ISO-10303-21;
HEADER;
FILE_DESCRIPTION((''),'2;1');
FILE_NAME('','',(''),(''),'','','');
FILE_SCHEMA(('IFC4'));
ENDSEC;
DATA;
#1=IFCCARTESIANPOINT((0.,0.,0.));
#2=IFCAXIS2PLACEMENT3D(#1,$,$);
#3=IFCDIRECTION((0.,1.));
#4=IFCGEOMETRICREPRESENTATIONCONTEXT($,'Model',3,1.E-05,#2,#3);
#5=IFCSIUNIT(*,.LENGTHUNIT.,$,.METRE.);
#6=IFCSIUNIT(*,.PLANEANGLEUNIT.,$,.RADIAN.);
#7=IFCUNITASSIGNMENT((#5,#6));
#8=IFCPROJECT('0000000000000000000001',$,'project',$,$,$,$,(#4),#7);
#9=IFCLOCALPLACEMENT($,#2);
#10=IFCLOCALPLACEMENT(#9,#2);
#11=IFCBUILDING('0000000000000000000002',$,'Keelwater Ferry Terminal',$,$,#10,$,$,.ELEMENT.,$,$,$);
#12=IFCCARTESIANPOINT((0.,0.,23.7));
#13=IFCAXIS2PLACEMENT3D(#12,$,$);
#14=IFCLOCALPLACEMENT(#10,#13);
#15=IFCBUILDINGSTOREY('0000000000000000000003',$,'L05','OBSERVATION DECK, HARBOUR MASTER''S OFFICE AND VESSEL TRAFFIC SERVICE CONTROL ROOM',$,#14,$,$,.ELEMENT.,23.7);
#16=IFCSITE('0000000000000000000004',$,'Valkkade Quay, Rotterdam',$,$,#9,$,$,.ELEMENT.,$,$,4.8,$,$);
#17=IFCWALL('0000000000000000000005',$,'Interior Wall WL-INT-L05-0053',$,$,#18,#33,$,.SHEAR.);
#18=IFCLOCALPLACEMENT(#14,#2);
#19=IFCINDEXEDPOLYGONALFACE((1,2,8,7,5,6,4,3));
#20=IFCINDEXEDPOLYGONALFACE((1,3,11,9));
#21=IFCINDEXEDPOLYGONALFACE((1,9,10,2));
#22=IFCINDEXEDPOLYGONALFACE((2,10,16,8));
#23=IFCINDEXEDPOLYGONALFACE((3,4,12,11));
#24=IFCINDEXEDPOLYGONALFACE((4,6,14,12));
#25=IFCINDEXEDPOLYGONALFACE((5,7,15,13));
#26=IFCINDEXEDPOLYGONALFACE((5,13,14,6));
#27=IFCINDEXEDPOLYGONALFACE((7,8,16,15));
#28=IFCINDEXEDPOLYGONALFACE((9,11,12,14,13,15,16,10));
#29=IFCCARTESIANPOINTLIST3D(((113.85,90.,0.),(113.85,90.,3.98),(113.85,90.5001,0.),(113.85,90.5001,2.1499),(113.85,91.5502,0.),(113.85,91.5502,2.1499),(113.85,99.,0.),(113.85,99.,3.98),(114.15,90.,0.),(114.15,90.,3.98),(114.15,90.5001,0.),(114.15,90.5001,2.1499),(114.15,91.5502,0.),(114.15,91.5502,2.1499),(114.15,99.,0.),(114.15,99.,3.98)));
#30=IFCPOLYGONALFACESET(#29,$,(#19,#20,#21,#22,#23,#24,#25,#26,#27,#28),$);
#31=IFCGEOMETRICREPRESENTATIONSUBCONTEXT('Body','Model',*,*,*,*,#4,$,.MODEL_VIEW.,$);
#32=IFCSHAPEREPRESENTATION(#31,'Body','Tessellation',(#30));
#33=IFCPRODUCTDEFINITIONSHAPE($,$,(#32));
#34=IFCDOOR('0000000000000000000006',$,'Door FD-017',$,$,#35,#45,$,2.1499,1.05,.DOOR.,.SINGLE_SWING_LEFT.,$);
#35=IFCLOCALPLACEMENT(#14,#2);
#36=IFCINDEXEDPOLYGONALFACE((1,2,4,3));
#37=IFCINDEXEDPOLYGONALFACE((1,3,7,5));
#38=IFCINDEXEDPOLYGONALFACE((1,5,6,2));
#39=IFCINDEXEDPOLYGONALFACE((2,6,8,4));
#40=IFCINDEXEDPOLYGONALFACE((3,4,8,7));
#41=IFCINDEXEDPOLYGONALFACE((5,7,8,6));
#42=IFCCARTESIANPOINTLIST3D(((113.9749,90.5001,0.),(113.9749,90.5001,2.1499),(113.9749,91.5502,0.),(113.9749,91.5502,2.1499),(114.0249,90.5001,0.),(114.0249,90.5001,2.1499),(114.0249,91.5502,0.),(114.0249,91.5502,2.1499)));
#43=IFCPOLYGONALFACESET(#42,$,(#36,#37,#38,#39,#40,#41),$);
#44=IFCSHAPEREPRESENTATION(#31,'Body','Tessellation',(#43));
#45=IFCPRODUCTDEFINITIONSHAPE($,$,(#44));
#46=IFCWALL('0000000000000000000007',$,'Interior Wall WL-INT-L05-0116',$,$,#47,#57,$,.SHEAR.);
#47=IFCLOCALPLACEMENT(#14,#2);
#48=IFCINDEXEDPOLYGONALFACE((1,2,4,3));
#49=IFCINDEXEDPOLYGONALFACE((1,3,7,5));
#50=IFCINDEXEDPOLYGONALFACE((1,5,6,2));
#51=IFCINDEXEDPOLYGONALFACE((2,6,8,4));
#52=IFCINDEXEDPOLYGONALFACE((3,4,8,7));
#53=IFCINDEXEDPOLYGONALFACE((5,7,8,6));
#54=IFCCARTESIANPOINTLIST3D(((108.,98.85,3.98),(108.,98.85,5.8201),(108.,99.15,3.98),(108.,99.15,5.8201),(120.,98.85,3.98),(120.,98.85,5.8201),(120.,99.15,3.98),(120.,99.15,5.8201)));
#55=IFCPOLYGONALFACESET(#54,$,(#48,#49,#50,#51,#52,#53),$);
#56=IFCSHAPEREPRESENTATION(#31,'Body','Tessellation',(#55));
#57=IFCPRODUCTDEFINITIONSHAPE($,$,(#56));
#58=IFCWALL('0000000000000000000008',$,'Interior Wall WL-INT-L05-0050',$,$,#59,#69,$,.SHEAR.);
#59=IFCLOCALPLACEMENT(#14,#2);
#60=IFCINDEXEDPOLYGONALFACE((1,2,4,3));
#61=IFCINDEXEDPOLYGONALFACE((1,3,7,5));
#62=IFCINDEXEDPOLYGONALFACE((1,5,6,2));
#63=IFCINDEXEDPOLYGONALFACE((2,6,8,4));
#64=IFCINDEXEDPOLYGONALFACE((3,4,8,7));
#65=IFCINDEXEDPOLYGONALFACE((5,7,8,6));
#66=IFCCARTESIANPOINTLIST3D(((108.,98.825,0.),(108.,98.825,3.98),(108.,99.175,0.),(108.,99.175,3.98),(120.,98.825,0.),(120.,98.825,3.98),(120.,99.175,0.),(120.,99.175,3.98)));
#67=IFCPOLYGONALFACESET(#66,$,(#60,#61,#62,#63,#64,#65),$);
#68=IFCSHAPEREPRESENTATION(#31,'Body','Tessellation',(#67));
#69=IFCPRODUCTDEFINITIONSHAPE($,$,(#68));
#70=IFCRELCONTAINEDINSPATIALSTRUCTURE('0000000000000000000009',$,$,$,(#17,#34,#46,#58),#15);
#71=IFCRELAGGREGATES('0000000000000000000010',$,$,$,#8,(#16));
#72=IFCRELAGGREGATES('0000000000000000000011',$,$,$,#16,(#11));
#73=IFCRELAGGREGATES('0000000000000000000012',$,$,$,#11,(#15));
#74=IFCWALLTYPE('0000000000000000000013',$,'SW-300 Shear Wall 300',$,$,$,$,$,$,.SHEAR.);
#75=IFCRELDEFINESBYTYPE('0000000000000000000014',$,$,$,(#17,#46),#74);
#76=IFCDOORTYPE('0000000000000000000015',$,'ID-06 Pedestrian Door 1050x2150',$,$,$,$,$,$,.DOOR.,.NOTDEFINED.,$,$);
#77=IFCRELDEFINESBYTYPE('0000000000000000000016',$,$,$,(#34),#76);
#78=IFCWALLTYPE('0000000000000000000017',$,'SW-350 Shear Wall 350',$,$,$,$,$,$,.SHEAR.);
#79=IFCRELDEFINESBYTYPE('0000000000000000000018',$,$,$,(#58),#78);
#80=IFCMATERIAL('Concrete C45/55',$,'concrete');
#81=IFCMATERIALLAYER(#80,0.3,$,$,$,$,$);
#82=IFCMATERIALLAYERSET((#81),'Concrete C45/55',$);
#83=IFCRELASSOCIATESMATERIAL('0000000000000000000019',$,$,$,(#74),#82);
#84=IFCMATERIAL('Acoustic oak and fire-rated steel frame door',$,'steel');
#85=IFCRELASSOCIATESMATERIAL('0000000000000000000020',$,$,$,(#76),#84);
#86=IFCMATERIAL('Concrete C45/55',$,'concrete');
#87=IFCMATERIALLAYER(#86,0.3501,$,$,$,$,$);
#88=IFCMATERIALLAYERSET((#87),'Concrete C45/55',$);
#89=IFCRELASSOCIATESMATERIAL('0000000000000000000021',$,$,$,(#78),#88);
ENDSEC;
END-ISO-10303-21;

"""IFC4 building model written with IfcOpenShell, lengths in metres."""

from ifc_helpers import new_model, si_unit, direction, frame, frame_2d, origin, place, context, subcontext, project, spatial, rectangle, extrude, material, layer, layer_set, type_object, element, fill, save


model = new_model("IFC4")

# Units and contexts
model_context = context("Model", 3, precision=1e-05, world=origin(), true_north=direction((0.0, 1.0)))
body_context = subcontext(model_context, "Body", "Model", "MODEL_VIEW")
ifc_project = project(units=[si_unit("LENGTHUNIT", "METRE"), si_unit("PLANEANGLEUNIT", "RADIAN")], contexts=[model_context])

# Site, building, storey
site_placement = place(None, origin())
site = spatial("IfcSite", under=ifc_project, at=site_placement, Name="Valkkade Quay, Rotterdam", CompositionType="ELEMENT", RefElevation=4.8)
building_placement = place(site_placement, origin())
building = spatial("IfcBuilding", under=site, at=building_placement, Name="Keelwater Ferry Terminal", CompositionType="ELEMENT")
storey_placement = place(building_placement, frame((0.0, 0.0, 23.7)))
storey = spatial("IfcBuildingStorey", under=building, at=storey_placement, Name="L05", Description="OBSERVATION DECK, HARBOUR MASTER'S OFFICE AND VESSEL TRAFFIC SERVICE CONTROL ROOM", CompositionType="ELEMENT", Elevation=23.7)

# Wall, opening, door
ifc_material_1 = material(Name="Concrete C45/55", Category="concrete")
ifc_layer_1 = layer(ifc_material_1, 0.3)
ifc_layer_set_1 = layer_set([ifc_layer_1], Name="Concrete C45/55")
wall_type_1 = type_object("IfcWallType", Name="SW-300 Shear Wall 300", PredefinedType="SHEAR", material=ifc_layer_set_1)
wall_1_placement = place(storey_placement, frame((114.0, 99.0, 0.0), z_axis=(0.0, 0.0, 1.0), x_axis=(0.0, -1.0, 0.0)))
wall_1 = element("IfcWall", 1, at=wall_1_placement, inside=storey, type_object=wall_type_1, Name="Interior Wall WL-INT-L05-0053", PredefinedType="SHEAR", context=body_context, shape_type="SweptSolid", body=[
    extrude(rectangle(XDim=9.0, YDim=0.3, at=frame_2d((4.5, 0.0))), origin(), (0.0, 0.0, 1.0), 3.98),
])
opening_1_placement = place(wall_1_placement, frame((7.45, 0.0, 0.0)))
opening_1 = element("IfcOpeningElement", 2, at=opening_1_placement, cuts=wall_1, PredefinedType="OPENING", context=body_context, shape_type="SweptSolid", body=[
    extrude(rectangle(XDim=1.05, YDim=2.1499, at=frame_2d((0.5249, 1.075))), frame((0.0, 0.1599, 0.0), z_axis=(0.0, -1.0, 0.0), x_axis=(1.0, 0.0, 0.0)), (0.0, 0.0, 1.0), 0.3201),
])
ifc_material_2 = material(Name="Acoustic oak and fire-rated steel frame door", Category="steel")
door_type_1 = type_object("IfcDoorType", Name="ID-06 Pedestrian Door 1050x2150", OperationType="NOTDEFINED", PredefinedType="DOOR", material=ifc_material_2)
door_1_placement = place(opening_1_placement, origin())
door_1 = element("IfcDoor", 3, at=door_1_placement, inside=storey, type_object=door_type_1, Name="Door FD-017", OperationType="SINGLE_SWING_LEFT", OverallHeight=2.1499, OverallWidth=1.05, PredefinedType="DOOR", context=body_context, shape_type="SweptSolid", body=[
    extrude(rectangle(XDim=1.05, YDim=2.1499, at=frame_2d((0.5249, 1.075))), frame((0.0, 0.0249, 0.0), z_axis=(0.0, -1.0, 0.0), x_axis=(1.0, 0.0, 0.0)), (0.0, 0.0, 1.0), 0.05),
])
fill(opening_1, door_1)

# Walls
wall_2_placement = place(storey_placement, frame((108.0, 99.0, 3.98), z_axis=(0.0, 0.0, 1.0), x_axis=(1.0, 0.0, 0.0)))
element("IfcWall", 4, at=wall_2_placement, inside=storey, type_object=wall_type_1, Name="Interior Wall WL-INT-L05-0116", PredefinedType="SHEAR", context=body_context, shape_type="SweptSolid", body=[
    extrude(rectangle(XDim=12.0, YDim=0.3, at=frame_2d((6.0, 0.0))), origin(), (0.0, 0.0, 1.0), 1.8401),
])
ifc_material_3 = material(Name="Concrete C45/55", Category="concrete")
ifc_layer_2 = layer(ifc_material_3, 0.3501)
ifc_layer_set_2 = layer_set([ifc_layer_2], Name="Concrete C45/55")
wall_type_2 = type_object("IfcWallType", Name="SW-350 Shear Wall 350", PredefinedType="SHEAR", material=ifc_layer_set_2)
wall_3_placement = place(storey_placement, frame((108.0, 99.0, 0.0), z_axis=(0.0, 0.0, 1.0), x_axis=(1.0, 0.0, 0.0)))
element("IfcWall", 5, at=wall_3_placement, inside=storey, type_object=wall_type_2, Name="Interior Wall WL-INT-L05-0050", PredefinedType="SHEAR", context=body_context, shape_type="SweptSolid", body=[
    extrude(rectangle(XDim=12.0, YDim=0.3501, at=frame_2d((6.0, 0.0))), origin(), (0.0, 0.0, 1.0), 3.98),
])

save(model, "model.ifc")
